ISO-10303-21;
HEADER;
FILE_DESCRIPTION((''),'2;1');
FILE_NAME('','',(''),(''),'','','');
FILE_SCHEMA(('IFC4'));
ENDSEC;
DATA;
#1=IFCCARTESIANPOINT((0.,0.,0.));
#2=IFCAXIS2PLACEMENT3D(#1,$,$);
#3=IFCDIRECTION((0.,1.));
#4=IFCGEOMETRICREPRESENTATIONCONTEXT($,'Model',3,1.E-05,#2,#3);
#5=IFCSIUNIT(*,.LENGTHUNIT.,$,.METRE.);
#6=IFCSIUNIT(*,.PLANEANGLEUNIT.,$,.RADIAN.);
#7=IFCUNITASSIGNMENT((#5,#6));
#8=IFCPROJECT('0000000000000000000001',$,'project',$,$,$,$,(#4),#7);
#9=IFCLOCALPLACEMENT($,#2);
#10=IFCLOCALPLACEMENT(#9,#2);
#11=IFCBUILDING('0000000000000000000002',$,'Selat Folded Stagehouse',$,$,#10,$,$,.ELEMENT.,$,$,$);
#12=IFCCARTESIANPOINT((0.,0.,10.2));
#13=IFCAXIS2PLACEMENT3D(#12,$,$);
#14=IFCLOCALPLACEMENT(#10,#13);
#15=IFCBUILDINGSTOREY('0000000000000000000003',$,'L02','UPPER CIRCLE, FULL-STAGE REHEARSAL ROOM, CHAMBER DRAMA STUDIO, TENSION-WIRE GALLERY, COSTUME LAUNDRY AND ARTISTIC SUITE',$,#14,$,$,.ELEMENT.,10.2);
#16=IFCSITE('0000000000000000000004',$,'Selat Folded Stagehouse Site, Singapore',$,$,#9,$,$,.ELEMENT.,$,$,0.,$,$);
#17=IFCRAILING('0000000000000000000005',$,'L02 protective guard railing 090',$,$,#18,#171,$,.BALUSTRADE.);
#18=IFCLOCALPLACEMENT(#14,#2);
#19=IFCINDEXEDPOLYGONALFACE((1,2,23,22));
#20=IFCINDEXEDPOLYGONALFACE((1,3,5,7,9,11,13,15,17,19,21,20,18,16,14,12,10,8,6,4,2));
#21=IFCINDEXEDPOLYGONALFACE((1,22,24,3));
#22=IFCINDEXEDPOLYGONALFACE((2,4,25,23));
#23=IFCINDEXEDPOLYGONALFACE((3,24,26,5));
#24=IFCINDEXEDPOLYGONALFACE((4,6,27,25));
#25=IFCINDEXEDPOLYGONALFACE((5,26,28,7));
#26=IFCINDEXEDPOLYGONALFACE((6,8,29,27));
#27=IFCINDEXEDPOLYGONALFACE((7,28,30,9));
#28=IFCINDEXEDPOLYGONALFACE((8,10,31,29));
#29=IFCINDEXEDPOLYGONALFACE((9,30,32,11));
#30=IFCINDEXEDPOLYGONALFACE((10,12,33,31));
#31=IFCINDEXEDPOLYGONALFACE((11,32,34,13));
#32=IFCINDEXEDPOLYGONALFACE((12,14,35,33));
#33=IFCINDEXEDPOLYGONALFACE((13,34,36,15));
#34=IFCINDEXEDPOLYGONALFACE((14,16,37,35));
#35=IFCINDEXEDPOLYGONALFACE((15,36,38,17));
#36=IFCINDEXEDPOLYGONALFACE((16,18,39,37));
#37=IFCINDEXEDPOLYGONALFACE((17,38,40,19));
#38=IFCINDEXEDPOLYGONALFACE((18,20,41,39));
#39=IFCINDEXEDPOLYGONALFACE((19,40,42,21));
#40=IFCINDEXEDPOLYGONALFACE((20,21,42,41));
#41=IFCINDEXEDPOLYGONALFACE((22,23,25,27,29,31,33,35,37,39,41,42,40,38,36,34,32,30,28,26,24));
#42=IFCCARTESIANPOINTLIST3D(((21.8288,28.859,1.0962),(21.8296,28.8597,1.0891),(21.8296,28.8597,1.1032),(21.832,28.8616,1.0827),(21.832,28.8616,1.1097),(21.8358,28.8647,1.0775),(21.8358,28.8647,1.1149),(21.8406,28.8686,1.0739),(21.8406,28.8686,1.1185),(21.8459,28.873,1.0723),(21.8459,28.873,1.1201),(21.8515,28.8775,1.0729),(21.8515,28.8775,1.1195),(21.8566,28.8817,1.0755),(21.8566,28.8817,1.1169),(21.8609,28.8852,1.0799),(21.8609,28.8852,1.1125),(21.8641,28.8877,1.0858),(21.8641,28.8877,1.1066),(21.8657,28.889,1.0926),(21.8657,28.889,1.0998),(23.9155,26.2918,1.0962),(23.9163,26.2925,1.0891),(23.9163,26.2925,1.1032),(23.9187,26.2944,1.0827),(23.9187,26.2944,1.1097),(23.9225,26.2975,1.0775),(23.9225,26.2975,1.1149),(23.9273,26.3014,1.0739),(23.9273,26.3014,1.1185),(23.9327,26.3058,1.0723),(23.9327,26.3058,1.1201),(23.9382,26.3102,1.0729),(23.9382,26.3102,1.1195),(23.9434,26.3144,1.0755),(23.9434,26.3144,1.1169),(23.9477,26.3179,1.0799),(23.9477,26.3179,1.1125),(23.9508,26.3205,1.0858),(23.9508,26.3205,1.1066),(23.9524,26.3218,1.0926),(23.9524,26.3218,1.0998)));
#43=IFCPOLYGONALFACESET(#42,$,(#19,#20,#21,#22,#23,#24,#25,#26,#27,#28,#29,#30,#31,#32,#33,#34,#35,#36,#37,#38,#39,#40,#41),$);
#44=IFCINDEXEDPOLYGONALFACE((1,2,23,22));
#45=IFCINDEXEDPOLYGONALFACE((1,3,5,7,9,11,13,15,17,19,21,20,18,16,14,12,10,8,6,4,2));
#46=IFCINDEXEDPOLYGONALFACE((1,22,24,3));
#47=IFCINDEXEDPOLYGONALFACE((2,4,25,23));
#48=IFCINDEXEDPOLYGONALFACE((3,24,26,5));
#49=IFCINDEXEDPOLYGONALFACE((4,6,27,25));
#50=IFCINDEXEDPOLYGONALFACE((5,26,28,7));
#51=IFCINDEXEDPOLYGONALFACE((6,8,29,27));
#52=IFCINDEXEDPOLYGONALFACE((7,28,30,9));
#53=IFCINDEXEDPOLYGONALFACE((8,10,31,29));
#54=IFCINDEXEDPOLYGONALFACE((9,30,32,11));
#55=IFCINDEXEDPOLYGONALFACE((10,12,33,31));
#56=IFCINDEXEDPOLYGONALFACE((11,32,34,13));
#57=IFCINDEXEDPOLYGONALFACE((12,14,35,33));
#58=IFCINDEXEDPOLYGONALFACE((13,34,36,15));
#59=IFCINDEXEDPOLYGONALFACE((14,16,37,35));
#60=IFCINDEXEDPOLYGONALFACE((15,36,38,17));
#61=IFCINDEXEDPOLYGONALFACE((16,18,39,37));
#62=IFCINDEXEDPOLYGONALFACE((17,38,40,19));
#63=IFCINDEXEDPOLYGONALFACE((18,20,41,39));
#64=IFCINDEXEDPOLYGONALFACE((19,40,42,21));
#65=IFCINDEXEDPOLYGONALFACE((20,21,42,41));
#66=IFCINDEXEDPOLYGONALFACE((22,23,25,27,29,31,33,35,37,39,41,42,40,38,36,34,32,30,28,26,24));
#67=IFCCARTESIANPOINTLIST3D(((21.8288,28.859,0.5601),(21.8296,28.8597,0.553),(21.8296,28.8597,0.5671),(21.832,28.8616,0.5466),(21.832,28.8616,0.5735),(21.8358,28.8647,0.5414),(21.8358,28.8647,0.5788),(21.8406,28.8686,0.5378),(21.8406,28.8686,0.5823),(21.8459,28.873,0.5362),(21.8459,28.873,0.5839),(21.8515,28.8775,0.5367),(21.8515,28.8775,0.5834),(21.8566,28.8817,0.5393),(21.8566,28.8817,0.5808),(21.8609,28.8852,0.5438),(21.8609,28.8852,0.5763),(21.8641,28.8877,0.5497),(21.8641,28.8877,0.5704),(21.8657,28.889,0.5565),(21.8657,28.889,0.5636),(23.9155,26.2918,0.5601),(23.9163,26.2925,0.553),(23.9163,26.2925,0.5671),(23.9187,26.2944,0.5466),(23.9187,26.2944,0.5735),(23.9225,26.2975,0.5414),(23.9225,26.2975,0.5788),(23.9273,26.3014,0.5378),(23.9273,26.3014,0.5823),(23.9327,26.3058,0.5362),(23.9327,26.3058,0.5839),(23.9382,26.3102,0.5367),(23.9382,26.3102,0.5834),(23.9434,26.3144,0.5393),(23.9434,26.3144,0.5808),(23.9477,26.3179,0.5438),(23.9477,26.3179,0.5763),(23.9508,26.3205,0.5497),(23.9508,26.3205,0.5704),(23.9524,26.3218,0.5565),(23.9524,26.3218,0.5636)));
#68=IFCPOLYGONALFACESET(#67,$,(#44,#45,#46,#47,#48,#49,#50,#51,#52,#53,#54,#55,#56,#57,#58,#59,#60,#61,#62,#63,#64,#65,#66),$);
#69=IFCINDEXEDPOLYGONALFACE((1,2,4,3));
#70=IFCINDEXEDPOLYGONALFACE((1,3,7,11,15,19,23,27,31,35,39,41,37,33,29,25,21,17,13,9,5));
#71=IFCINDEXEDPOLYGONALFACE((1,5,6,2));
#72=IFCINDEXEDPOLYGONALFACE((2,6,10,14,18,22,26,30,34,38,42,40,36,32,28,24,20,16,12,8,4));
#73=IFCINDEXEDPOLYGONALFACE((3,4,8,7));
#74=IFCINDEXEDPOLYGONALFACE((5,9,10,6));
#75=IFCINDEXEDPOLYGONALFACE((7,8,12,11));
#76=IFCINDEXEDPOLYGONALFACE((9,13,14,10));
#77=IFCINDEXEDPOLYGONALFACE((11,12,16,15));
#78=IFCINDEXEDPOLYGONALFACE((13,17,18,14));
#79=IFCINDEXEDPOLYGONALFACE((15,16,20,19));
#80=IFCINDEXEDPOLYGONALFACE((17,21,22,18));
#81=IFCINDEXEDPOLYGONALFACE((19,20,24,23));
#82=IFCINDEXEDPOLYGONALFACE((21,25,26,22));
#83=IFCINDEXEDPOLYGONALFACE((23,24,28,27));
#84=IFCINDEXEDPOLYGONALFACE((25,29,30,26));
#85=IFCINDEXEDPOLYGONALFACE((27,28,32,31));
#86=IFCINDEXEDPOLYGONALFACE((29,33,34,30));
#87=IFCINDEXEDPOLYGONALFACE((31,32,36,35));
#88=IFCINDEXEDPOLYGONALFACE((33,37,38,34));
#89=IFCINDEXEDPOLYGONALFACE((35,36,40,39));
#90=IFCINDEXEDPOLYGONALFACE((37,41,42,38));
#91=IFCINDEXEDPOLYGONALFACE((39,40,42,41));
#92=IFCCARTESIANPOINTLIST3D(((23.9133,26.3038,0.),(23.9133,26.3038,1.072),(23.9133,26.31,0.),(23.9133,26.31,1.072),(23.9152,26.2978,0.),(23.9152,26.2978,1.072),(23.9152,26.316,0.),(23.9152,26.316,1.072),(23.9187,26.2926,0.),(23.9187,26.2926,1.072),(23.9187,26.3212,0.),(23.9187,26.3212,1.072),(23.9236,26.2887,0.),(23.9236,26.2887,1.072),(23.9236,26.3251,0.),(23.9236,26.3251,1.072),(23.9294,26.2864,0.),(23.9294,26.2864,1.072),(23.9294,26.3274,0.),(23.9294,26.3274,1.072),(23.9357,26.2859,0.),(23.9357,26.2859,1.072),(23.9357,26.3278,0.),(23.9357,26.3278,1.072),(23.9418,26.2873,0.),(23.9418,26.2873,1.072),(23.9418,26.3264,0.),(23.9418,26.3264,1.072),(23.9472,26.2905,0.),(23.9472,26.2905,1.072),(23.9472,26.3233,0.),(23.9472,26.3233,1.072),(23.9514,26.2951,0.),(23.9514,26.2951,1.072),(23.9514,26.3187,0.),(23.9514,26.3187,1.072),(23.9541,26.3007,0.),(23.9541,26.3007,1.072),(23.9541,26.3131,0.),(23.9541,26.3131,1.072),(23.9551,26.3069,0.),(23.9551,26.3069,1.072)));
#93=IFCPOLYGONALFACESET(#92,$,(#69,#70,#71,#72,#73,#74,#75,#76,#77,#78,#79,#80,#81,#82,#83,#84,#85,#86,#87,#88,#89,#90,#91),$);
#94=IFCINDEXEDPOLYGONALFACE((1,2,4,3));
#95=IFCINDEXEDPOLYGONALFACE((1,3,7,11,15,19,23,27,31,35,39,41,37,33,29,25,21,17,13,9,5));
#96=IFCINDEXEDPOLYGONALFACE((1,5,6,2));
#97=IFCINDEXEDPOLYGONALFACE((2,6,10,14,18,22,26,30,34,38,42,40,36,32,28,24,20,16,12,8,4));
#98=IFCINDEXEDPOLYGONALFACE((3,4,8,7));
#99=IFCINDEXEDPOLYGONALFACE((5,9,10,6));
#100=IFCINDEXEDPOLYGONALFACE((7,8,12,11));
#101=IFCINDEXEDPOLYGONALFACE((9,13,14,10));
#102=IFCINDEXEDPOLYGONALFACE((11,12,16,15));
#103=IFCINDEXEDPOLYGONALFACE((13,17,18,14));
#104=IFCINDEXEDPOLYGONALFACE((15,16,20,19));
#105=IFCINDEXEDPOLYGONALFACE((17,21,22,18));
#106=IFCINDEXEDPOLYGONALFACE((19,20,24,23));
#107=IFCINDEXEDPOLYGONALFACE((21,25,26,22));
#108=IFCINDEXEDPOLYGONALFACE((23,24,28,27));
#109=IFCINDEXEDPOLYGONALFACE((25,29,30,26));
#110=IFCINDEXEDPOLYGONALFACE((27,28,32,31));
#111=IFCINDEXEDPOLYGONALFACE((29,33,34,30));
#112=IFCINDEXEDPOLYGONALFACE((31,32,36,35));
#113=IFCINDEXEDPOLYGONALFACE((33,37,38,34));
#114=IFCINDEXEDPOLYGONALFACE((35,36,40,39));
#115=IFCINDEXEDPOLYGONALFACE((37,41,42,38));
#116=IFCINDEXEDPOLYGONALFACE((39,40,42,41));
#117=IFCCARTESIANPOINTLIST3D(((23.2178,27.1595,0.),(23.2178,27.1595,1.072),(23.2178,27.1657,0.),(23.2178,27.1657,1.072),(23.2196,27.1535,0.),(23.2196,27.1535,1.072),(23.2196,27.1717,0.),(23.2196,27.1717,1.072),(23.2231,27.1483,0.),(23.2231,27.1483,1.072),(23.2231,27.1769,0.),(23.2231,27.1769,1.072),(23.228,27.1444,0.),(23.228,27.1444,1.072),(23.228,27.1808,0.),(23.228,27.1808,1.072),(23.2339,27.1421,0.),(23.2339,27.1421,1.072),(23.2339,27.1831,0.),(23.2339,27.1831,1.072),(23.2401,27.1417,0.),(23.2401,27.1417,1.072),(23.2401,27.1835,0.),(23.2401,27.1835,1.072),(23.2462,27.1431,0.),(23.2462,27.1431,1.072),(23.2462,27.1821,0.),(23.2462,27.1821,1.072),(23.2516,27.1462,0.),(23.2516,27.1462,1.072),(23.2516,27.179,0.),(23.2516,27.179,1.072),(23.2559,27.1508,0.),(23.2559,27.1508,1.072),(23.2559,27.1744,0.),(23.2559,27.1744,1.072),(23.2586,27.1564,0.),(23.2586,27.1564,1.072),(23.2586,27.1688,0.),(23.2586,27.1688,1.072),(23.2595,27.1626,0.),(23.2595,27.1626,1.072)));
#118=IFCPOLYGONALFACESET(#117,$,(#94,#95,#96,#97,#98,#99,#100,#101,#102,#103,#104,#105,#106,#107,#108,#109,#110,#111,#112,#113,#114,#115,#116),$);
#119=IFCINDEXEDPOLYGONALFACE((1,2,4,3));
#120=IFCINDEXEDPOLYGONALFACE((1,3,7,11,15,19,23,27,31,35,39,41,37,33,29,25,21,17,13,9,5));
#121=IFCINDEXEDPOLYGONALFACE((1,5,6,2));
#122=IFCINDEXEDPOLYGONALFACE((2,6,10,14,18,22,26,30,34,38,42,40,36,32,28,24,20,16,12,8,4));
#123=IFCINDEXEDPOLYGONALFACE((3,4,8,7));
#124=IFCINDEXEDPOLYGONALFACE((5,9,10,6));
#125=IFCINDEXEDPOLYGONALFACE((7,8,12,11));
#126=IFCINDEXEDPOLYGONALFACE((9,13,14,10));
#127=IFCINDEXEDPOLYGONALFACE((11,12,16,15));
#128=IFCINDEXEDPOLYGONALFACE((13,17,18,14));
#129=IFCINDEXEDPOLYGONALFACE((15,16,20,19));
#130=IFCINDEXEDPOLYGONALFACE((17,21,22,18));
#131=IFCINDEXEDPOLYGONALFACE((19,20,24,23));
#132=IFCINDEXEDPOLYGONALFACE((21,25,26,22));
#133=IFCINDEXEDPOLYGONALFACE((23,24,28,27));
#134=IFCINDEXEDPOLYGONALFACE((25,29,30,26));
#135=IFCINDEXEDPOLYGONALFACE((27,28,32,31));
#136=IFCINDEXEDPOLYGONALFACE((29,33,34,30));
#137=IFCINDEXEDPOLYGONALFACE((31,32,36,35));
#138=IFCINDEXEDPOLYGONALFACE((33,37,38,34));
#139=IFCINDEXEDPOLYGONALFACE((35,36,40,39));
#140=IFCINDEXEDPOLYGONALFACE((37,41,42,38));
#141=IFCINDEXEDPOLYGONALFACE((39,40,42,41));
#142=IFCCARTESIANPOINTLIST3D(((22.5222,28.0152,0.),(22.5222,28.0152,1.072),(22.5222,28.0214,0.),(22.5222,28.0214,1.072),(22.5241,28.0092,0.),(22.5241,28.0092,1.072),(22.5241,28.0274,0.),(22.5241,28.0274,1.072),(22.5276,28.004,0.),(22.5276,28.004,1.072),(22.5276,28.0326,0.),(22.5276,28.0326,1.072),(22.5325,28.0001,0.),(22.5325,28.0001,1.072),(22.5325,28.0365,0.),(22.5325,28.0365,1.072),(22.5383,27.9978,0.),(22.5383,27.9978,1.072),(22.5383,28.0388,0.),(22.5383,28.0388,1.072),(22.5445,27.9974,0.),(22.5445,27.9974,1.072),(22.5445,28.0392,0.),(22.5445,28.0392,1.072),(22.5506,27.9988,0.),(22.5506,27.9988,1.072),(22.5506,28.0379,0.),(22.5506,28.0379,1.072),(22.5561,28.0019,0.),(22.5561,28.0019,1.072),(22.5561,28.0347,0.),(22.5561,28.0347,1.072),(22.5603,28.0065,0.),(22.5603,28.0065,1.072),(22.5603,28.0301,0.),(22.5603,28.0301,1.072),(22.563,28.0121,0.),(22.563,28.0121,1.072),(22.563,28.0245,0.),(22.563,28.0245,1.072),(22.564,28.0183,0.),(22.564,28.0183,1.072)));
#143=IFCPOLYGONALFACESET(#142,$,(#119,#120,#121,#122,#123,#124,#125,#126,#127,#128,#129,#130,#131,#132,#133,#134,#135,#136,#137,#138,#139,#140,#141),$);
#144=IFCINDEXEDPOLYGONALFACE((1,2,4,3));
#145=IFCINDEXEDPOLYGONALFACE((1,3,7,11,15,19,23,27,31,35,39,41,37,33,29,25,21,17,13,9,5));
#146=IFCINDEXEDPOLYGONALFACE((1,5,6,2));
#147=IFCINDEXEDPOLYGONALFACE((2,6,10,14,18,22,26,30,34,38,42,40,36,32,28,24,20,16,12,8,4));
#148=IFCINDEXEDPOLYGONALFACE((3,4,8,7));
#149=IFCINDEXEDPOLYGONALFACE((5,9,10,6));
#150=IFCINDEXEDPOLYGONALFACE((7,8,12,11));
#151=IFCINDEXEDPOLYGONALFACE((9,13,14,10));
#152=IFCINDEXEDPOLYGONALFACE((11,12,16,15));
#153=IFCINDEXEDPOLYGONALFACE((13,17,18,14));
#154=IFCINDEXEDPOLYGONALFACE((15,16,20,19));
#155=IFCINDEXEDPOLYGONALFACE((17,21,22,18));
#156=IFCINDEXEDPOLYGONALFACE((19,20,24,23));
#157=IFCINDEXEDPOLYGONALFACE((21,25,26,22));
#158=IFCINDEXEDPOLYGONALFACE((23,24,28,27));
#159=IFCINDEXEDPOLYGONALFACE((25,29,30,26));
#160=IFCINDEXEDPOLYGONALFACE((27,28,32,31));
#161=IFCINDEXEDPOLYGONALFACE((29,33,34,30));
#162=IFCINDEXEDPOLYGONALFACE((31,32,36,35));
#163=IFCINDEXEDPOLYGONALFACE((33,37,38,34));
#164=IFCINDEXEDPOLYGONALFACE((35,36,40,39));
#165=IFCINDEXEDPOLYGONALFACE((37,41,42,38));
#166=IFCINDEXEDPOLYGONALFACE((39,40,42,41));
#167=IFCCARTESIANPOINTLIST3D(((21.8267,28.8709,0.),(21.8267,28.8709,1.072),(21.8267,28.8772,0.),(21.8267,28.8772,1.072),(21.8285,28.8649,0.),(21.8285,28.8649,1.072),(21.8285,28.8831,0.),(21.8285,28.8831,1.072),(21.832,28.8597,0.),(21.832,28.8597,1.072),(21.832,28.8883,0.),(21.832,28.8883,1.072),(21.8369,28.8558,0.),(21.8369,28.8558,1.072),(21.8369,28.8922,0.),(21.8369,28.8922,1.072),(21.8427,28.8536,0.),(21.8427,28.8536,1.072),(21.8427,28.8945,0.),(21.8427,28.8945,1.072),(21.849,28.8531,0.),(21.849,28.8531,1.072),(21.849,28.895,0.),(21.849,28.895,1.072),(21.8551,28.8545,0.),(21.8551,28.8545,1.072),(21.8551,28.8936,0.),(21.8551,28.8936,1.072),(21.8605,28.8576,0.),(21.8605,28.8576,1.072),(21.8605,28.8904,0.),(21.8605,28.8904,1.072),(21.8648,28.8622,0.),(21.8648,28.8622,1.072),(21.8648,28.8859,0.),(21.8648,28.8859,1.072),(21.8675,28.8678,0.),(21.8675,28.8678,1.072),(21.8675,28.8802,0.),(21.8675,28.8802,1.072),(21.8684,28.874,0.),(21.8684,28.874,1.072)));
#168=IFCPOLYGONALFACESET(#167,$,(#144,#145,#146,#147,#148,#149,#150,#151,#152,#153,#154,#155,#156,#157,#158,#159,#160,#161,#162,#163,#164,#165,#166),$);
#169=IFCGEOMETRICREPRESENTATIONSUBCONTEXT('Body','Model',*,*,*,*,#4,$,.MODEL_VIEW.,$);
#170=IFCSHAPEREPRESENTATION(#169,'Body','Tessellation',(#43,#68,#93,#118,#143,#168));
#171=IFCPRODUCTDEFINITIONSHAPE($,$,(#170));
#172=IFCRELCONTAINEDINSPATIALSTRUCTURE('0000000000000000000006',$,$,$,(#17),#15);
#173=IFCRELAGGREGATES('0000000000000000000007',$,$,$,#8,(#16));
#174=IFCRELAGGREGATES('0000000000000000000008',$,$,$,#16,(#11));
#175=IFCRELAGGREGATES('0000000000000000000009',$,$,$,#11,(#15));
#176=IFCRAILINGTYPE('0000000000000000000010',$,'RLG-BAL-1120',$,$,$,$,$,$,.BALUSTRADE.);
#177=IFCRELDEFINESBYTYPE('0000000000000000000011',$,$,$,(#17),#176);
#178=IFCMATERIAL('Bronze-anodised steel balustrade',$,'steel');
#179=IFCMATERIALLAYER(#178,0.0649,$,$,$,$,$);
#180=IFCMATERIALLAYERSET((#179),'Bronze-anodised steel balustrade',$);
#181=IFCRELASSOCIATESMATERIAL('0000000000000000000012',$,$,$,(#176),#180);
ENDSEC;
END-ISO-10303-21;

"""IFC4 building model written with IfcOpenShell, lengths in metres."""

from ifc_helpers import new_model, si_unit, direction, frame, origin, origin_2d, place, context, subcontext, project, spatial, circle, extrude, material, layer, layer_set, type_object, element, save


model = new_model("IFC4")

# Units and contexts
model_context = context("Model", 3, precision=1e-05, world=origin(), true_north=direction((0.0, 1.0)))
body_context = subcontext(model_context, "Body", "Model", "MODEL_VIEW")
ifc_project = project(units=[si_unit("LENGTHUNIT", "METRE"), si_unit("PLANEANGLEUNIT", "RADIAN")], contexts=[model_context])

# Site, building, storey
site_placement = place(None, origin())
site = spatial("IfcSite", under=ifc_project, at=site_placement, Name="Selat Folded Stagehouse Site, Singapore", CompositionType="ELEMENT", RefElevation=0.0)
building_placement = place(site_placement, origin())
building = spatial("IfcBuilding", under=site, at=building_placement, Name="Selat Folded Stagehouse", CompositionType="ELEMENT")
storey_placement = place(building_placement, frame((0.0, 0.0, 10.2)))
storey = spatial("IfcBuildingStorey", under=building, at=storey_placement, Name="L02", Description="UPPER CIRCLE, FULL-STAGE REHEARSAL ROOM, CHAMBER DRAMA STUDIO, TENSION-WIRE GALLERY, COSTUME LAUNDRY AND ARTISTIC SUITE", CompositionType="ELEMENT", Elevation=10.2)

# Railing
ifc_material_1 = material(Name="Bronze-anodised steel balustrade", Category="steel")
ifc_layer_1 = layer(ifc_material_1, 0.0649)
ifc_layer_set_1 = layer_set([ifc_layer_1], Name="Bronze-anodised steel balustrade")
railing_type = type_object("IfcRailingType", Name="RLG-BAL-1120", PredefinedType="BALUSTRADE", material=ifc_layer_set_1)
railing_1_placement = place(storey_placement, frame((23.9341, 26.3069, 0.0)))
element("IfcRailing", 1, at=railing_1_placement, inside=storey, type_object=railing_type, Name="L02 protective guard railing 090", PredefinedType="BALUSTRADE", context=body_context, shape_type="SweptSolid", body=[
    extrude(circle(Radius=0.0239, at=origin_2d()), frame((0.0, 0.0, 1.0962), z_axis=(-0.630751, 0.775985, 0.0), x_axis=(-0.775985, -0.630751, 0.0)), (0.0, 0.0, 1.0), 3.3083),
    extrude(circle(Radius=0.0239, at=origin_2d()), frame((0.0, 0.0, 0.5601), z_axis=(-0.630751, 0.775985, 0.0), x_axis=(-0.775985, -0.630751, 0.0)), (0.0, 0.0, 1.0), 3.3083),
    extrude(circle(Radius=0.021, at=origin_2d()), origin(), (0.0, 0.0, 1.0), 1.072),
    extrude(circle(Radius=0.021, at=origin_2d()), frame((-0.6956, 0.8557, 0.0)), (0.0, 0.0, 1.0), 1.072),
    extrude(circle(Radius=0.021, at=origin_2d()), frame((-1.3911, 1.7114, 0.0)), (0.0, 0.0, 1.0), 1.072),
    extrude(circle(Radius=0.021, at=origin_2d()), frame((-2.0867, 2.5671, 0.0)), (0.0, 0.0, 1.0), 1.072),
])

save(model, "model.ifc")
